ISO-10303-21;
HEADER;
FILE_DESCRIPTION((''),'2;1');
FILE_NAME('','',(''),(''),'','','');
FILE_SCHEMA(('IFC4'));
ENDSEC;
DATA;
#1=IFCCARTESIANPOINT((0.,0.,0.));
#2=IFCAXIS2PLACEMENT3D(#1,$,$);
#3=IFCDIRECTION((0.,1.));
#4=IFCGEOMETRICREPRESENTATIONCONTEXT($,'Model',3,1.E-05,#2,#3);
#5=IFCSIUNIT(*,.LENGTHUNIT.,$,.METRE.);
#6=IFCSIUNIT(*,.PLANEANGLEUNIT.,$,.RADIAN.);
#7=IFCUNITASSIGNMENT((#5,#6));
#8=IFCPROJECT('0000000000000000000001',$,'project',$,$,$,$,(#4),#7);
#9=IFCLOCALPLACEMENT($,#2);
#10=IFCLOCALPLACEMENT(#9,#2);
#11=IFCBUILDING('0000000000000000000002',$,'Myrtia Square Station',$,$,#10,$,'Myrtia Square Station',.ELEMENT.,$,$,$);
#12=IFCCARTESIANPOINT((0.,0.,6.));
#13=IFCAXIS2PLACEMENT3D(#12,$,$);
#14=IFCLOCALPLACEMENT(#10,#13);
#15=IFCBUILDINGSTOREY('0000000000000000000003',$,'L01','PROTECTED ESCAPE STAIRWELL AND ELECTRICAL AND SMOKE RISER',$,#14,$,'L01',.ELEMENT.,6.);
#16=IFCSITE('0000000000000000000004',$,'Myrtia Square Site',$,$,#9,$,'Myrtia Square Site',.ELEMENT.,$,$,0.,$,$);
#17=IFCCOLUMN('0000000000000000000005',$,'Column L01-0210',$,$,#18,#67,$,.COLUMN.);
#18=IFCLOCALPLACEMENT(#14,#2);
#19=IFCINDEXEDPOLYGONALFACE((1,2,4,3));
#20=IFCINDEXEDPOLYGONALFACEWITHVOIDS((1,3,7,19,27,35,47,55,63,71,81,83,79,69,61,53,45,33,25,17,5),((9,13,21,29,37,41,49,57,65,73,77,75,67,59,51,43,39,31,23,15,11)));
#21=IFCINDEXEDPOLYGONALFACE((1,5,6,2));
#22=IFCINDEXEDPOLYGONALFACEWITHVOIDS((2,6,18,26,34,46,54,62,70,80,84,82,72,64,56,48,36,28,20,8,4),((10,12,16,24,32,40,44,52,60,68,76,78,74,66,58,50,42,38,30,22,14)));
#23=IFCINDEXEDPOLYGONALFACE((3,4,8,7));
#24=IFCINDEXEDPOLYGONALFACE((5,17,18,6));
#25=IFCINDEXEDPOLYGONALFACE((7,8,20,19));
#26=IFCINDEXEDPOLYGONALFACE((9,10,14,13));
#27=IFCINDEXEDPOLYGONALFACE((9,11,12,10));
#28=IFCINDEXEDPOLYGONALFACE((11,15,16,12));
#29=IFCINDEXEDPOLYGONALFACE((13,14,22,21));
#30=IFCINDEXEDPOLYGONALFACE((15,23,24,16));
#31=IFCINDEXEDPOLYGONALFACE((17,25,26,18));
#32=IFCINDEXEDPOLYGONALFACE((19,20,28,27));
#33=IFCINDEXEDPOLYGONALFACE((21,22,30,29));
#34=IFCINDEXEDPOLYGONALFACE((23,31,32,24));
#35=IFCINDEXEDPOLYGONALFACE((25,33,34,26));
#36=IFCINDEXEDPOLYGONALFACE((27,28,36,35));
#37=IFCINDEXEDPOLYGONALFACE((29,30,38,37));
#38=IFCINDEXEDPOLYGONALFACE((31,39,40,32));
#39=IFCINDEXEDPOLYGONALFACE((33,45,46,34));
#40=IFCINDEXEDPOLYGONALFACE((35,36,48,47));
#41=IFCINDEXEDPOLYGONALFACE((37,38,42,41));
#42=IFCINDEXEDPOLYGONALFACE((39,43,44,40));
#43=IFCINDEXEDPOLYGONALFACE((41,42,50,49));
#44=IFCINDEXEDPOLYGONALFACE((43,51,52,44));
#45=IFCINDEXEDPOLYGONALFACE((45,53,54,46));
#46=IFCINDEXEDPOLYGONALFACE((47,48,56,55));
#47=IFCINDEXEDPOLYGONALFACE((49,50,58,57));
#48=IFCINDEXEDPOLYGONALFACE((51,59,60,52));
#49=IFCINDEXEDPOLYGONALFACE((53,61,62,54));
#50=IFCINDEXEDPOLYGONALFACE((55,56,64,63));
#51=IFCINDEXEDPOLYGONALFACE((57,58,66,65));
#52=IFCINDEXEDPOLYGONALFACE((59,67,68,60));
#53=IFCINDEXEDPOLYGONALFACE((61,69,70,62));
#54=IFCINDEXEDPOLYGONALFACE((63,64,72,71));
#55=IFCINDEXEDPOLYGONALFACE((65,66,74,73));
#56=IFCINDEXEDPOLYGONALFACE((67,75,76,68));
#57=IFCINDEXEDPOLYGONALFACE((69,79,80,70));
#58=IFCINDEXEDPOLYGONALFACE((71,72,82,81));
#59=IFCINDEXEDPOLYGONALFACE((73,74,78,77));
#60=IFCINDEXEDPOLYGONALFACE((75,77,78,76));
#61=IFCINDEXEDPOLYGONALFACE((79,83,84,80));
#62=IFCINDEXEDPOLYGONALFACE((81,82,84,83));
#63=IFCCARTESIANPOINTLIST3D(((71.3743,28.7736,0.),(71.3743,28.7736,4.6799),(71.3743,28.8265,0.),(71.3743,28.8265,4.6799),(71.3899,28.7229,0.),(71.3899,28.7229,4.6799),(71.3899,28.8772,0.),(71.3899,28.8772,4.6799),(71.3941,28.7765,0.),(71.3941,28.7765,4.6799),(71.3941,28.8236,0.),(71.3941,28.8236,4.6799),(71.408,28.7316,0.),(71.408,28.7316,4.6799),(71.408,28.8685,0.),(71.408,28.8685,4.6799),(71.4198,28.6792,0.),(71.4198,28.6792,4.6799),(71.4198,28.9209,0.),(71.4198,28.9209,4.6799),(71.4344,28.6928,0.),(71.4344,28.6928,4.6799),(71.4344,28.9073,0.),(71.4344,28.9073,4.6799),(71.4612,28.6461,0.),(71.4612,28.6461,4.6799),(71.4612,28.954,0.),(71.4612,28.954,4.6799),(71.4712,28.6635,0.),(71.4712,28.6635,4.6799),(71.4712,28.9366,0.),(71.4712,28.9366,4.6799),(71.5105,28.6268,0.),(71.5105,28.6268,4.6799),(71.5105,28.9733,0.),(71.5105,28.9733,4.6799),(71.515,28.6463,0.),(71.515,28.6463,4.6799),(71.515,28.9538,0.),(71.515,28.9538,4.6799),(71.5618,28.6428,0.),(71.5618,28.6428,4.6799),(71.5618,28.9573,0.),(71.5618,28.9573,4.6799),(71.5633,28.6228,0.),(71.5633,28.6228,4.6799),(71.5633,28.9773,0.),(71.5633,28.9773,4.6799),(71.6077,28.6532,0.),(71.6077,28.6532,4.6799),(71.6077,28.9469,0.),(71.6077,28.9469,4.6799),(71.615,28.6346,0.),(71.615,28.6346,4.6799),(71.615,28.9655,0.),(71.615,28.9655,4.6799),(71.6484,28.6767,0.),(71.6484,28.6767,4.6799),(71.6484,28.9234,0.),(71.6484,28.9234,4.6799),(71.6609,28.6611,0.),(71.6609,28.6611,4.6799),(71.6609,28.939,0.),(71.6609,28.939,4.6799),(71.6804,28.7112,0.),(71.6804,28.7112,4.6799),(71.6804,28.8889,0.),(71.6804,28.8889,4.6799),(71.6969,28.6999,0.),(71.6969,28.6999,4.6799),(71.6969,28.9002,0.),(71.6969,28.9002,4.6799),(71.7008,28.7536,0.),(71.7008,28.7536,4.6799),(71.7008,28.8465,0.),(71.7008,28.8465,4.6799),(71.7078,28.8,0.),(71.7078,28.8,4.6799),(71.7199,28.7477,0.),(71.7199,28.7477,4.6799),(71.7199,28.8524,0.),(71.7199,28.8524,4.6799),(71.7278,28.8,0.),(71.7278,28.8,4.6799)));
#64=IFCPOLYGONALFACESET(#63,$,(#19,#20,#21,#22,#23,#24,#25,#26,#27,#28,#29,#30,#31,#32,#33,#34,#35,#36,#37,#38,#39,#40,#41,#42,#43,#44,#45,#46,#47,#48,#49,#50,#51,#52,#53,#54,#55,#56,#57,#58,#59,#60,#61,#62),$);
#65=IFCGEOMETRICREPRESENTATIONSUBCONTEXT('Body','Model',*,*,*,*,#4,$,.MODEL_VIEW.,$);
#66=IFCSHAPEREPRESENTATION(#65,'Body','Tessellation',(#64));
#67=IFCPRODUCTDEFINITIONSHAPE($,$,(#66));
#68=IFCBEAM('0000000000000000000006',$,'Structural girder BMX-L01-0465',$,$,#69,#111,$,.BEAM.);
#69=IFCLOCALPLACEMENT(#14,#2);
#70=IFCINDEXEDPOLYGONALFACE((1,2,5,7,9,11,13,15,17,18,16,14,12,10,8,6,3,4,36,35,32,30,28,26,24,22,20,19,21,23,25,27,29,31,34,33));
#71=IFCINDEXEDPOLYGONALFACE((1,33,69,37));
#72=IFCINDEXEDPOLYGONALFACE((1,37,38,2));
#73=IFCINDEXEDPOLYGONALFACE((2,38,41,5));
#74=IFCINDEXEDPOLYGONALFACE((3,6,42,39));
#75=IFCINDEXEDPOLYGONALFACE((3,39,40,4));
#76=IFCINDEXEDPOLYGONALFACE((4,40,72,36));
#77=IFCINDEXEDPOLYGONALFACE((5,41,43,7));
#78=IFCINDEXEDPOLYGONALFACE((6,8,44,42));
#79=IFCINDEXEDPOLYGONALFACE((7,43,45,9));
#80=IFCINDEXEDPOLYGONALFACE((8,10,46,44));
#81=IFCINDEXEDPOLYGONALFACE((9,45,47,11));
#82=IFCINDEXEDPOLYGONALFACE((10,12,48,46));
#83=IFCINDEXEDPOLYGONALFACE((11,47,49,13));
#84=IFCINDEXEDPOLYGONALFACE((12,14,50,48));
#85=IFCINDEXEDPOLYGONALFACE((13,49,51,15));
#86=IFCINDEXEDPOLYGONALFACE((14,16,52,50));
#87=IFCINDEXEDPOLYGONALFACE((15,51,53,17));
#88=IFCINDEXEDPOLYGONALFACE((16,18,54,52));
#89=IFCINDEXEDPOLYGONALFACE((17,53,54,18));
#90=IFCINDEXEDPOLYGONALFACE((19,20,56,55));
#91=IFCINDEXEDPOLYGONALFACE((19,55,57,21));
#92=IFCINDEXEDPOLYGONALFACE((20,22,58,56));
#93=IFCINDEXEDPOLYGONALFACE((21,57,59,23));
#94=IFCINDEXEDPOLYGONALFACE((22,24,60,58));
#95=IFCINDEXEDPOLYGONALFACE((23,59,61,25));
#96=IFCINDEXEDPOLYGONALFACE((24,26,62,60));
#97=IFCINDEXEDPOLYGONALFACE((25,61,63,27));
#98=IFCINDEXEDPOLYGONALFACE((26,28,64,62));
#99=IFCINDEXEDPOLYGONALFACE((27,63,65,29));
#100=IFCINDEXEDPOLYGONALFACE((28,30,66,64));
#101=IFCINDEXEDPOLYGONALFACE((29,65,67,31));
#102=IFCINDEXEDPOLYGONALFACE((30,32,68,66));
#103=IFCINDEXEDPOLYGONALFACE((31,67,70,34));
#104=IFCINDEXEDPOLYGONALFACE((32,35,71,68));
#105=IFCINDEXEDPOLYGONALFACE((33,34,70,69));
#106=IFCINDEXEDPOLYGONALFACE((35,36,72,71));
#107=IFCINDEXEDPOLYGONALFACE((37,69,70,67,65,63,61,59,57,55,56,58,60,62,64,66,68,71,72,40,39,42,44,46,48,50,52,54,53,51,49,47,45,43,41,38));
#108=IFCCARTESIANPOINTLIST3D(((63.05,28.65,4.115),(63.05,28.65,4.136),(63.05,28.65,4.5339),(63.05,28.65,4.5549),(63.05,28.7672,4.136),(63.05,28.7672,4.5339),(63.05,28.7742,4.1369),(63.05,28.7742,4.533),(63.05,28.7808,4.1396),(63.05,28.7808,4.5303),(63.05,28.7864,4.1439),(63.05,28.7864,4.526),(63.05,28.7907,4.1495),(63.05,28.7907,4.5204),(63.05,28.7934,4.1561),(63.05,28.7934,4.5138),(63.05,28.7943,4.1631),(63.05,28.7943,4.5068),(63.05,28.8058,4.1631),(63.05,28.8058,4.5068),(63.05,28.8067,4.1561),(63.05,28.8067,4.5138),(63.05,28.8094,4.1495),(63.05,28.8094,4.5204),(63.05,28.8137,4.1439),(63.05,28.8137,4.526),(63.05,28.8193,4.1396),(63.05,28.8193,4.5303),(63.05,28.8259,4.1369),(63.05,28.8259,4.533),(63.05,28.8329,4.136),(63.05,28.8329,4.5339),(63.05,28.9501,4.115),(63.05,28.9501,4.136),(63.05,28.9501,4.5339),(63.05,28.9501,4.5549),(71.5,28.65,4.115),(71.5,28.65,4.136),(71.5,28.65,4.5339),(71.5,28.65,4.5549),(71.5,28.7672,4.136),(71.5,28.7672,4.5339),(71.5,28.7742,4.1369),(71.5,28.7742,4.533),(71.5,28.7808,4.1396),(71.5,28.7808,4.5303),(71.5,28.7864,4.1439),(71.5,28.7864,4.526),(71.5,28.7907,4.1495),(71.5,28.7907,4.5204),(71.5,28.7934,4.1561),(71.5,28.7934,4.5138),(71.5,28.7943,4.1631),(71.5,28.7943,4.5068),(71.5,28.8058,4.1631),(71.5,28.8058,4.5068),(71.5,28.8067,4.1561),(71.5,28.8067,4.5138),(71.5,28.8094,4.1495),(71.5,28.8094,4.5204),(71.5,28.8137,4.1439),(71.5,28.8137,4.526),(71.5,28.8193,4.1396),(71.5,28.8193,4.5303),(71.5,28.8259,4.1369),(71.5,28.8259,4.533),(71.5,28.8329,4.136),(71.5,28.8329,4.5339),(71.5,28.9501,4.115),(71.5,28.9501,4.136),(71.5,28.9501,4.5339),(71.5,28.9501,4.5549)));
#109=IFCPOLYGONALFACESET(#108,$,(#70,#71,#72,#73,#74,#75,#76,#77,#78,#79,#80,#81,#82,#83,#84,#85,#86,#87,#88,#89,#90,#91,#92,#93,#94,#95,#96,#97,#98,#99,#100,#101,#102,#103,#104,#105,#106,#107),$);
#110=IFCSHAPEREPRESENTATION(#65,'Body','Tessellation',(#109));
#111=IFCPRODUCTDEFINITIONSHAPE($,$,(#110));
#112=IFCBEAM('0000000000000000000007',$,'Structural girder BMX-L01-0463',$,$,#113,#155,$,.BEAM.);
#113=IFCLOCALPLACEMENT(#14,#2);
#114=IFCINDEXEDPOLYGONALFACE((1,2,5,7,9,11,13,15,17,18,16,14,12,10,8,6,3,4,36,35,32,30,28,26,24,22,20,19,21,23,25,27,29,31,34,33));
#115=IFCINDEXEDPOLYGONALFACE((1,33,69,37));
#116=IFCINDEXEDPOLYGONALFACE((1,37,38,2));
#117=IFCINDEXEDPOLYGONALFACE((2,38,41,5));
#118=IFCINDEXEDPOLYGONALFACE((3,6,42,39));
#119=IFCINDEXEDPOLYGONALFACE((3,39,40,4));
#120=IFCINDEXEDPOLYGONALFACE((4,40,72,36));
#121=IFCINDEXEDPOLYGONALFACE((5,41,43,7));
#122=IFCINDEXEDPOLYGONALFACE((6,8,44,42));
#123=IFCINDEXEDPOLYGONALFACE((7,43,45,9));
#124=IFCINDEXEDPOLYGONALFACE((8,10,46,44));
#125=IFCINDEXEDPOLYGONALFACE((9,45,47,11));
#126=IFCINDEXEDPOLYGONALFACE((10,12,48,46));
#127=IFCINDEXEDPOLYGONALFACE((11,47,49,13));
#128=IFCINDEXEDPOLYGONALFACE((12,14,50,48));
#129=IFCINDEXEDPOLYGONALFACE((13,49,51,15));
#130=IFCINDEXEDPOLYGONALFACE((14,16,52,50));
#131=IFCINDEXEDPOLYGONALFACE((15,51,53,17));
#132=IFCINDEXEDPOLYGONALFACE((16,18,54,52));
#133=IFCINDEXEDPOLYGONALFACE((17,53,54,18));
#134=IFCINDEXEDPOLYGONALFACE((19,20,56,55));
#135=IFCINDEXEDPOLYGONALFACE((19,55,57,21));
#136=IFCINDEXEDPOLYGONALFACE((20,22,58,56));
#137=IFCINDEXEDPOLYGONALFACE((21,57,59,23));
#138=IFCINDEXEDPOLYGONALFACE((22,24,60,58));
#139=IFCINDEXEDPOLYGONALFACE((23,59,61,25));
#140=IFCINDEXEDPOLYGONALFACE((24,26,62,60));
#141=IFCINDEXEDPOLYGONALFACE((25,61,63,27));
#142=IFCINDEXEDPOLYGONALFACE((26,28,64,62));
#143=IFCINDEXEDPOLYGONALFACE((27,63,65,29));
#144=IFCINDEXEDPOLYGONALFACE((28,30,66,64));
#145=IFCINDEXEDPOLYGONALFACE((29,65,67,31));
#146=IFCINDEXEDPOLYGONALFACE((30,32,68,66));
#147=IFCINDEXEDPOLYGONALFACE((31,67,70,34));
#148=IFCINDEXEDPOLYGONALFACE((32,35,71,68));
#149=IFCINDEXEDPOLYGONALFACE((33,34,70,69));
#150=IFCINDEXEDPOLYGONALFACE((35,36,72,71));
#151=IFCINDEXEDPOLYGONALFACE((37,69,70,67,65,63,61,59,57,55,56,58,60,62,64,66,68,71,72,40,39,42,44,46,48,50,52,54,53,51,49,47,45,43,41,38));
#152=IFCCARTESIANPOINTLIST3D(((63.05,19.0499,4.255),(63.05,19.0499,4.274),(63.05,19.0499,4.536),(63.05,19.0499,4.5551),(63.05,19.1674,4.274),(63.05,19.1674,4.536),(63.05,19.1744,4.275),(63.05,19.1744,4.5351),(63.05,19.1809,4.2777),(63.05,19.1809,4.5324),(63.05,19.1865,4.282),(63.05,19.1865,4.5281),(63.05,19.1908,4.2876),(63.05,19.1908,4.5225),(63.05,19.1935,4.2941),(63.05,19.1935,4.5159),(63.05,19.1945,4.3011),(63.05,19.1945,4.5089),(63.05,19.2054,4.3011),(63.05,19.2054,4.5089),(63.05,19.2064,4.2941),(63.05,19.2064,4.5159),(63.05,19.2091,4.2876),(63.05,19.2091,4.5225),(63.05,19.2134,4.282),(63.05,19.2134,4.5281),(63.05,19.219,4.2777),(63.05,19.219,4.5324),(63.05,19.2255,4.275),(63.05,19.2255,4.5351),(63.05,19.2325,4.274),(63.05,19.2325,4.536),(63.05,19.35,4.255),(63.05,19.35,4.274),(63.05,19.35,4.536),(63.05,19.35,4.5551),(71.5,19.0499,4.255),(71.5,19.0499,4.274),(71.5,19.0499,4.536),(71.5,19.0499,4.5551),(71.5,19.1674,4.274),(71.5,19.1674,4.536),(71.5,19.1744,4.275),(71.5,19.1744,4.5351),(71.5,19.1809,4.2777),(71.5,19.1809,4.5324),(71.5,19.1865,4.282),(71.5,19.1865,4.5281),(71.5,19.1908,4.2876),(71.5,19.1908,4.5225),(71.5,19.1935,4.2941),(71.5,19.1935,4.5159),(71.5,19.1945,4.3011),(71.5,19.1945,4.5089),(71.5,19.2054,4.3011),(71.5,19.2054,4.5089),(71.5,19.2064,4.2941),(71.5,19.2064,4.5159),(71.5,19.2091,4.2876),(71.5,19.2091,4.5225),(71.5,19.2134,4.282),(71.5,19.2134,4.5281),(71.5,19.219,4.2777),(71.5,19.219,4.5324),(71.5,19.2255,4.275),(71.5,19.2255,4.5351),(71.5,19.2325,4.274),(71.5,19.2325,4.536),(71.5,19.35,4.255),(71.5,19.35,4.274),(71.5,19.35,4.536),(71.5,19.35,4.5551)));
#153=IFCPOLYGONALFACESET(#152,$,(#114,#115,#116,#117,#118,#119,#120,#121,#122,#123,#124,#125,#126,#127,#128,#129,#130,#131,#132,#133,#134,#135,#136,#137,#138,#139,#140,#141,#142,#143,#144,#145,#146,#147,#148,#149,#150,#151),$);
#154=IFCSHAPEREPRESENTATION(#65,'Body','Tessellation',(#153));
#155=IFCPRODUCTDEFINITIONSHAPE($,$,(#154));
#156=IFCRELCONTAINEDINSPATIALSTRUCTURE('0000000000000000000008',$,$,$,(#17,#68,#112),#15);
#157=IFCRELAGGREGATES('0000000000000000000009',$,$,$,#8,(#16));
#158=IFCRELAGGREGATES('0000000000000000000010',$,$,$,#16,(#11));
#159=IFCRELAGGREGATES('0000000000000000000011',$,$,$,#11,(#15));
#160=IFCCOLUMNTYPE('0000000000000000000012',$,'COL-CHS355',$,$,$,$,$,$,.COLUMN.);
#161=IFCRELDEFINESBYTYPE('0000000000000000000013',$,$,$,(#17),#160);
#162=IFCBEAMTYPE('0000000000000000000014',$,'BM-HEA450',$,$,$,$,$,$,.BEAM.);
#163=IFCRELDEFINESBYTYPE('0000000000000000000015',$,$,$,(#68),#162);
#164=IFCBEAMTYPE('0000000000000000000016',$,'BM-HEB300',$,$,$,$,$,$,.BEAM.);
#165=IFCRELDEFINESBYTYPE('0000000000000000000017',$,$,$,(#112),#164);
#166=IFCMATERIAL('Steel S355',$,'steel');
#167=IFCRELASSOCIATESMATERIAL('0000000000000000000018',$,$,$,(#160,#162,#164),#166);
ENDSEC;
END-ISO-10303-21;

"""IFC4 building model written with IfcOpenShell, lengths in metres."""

from ifc_helpers import new_model, si_unit, direction, frame, origin, origin_2d, place, context, subcontext, project, spatial, hollow_circle, i_section, extrude, material, material_profile, profile_set, type_object, element, save


model = new_model("IFC4")

# Units and contexts
model_context = context("Model", 3, precision=1e-05, world=origin(), true_north=direction((0.0, 1.0)))
body_context = subcontext(model_context, "Body", "Model", "MODEL_VIEW")
ifc_project = project(units=[si_unit("LENGTHUNIT", "METRE"), si_unit("PLANEANGLEUNIT", "RADIAN")], contexts=[model_context])

# Site, building, storey
site_placement = place(None, origin())
site = spatial("IfcSite", under=ifc_project, at=site_placement, Name="Myrtia Square Site", LongName="Myrtia Square Site", CompositionType="ELEMENT", RefElevation=0.0)
building_placement = place(site_placement, origin())
building = spatial("IfcBuilding", under=site, at=building_placement, Name="Myrtia Square Station", LongName="Myrtia Square Station", CompositionType="ELEMENT")
storey_placement = place(building_placement, frame((0.0, 0.0, 6.0)))
storey = spatial("IfcBuildingStorey", under=building, at=storey_placement, Name="L01", Description="PROTECTED ESCAPE STAIRWELL AND ELECTRICAL AND SMOKE RISER", LongName="L01", CompositionType="ELEMENT", Elevation=6.0)

# Column
ifc_material_1 = material(Name="Steel S355", Category="steel")
ifc_material_profile_1 = material_profile(ifc_material_1, hollow_circle(Radius=0.1777, WallThickness=0.02, at=origin_2d()), Name="CHS 355.6x20")
ifc_profile_set_1 = profile_set([ifc_material_profile_1], Name="Steel S355")
column_type = type_object("IfcColumnType", Name="COL-CHS355", PredefinedType="COLUMN", material=ifc_profile_set_1)
for number, where, z_axis, x_axis, name in (
    (1, (71.55, 28.8, 0.0), (0.0, 0.0, 1.0), (1.0, 0.0, 0.0), "Column L01-0210"),
):
    element("IfcColumn", number, at=place(storey_placement, frame(where, z_axis=z_axis, x_axis=x_axis)), inside=storey, type_object=column_type, Name=name, PredefinedType="COLUMN", context=body_context, shape_type="SweptSolid", body=[
        extrude(hollow_circle(Radius=0.1777, WallThickness=0.02, at=origin_2d()), origin(), (0.0, 0.0, 1.0), 4.6799),
    ])

# Beams
ifc_material_profile_2 = material_profile(ifc_material_1, i_section(OverallWidth=0.3, OverallDepth=0.4399, WebThickness=0.0115, FlangeThickness=0.021, FilletRadius=0.0271, at=origin_2d()), Name="HEA 450")
ifc_profile_set_2 = profile_set([ifc_material_profile_2], Name="Steel S355")
beam_type_1 = type_object("IfcBeamType", Name="BM-HEA450", PredefinedType="BEAM", material=ifc_profile_set_2)
beam_1_placement = place(storey_placement, frame((63.05, 28.8, 4.335), z_axis=(1.0, 0.0, 0.0), x_axis=(0.0, 1.0, 0.0)))
element("IfcBeam", 2, at=beam_1_placement, inside=storey, type_object=beam_type_1, Name="Structural girder BMX-L01-0465", PredefinedType="BEAM", context=body_context, shape_type="SweptSolid", body=[
    extrude(i_section(OverallWidth=0.3, OverallDepth=0.4399, WebThickness=0.0115, FlangeThickness=0.021, FilletRadius=0.0271, at=origin_2d()), origin(), (0.0, 0.0, 1.0), 8.45),
])
ifc_material_profile_3 = material_profile(ifc_material_1, i_section(OverallWidth=0.3, OverallDepth=0.3, WebThickness=0.011, FlangeThickness=0.019, FilletRadius=0.0271, at=origin_2d()), Name="HEB 300")
ifc_profile_set_3 = profile_set([ifc_material_profile_3], Name="Steel S355")
beam_type_2 = type_object("IfcBeamType", Name="BM-HEB300", PredefinedType="BEAM", material=ifc_profile_set_3)
beam_2_placement = place(storey_placement, frame((63.05, 19.2, 4.405), z_axis=(1.0, 0.0, 0.0), x_axis=(0.0, 1.0, 0.0)))
element("IfcBeam", 3, at=beam_2_placement, inside=storey, type_object=beam_type_2, Name="Structural girder BMX-L01-0463", PredefinedType="BEAM", context=body_context, shape_type="SweptSolid", body=[
    extrude(i_section(OverallWidth=0.3, OverallDepth=0.3, WebThickness=0.011, FlangeThickness=0.019, FilletRadius=0.0271, at=origin_2d()), origin(), (0.0, 0.0, 1.0), 8.45),
])

save(model, "model.ifc")
